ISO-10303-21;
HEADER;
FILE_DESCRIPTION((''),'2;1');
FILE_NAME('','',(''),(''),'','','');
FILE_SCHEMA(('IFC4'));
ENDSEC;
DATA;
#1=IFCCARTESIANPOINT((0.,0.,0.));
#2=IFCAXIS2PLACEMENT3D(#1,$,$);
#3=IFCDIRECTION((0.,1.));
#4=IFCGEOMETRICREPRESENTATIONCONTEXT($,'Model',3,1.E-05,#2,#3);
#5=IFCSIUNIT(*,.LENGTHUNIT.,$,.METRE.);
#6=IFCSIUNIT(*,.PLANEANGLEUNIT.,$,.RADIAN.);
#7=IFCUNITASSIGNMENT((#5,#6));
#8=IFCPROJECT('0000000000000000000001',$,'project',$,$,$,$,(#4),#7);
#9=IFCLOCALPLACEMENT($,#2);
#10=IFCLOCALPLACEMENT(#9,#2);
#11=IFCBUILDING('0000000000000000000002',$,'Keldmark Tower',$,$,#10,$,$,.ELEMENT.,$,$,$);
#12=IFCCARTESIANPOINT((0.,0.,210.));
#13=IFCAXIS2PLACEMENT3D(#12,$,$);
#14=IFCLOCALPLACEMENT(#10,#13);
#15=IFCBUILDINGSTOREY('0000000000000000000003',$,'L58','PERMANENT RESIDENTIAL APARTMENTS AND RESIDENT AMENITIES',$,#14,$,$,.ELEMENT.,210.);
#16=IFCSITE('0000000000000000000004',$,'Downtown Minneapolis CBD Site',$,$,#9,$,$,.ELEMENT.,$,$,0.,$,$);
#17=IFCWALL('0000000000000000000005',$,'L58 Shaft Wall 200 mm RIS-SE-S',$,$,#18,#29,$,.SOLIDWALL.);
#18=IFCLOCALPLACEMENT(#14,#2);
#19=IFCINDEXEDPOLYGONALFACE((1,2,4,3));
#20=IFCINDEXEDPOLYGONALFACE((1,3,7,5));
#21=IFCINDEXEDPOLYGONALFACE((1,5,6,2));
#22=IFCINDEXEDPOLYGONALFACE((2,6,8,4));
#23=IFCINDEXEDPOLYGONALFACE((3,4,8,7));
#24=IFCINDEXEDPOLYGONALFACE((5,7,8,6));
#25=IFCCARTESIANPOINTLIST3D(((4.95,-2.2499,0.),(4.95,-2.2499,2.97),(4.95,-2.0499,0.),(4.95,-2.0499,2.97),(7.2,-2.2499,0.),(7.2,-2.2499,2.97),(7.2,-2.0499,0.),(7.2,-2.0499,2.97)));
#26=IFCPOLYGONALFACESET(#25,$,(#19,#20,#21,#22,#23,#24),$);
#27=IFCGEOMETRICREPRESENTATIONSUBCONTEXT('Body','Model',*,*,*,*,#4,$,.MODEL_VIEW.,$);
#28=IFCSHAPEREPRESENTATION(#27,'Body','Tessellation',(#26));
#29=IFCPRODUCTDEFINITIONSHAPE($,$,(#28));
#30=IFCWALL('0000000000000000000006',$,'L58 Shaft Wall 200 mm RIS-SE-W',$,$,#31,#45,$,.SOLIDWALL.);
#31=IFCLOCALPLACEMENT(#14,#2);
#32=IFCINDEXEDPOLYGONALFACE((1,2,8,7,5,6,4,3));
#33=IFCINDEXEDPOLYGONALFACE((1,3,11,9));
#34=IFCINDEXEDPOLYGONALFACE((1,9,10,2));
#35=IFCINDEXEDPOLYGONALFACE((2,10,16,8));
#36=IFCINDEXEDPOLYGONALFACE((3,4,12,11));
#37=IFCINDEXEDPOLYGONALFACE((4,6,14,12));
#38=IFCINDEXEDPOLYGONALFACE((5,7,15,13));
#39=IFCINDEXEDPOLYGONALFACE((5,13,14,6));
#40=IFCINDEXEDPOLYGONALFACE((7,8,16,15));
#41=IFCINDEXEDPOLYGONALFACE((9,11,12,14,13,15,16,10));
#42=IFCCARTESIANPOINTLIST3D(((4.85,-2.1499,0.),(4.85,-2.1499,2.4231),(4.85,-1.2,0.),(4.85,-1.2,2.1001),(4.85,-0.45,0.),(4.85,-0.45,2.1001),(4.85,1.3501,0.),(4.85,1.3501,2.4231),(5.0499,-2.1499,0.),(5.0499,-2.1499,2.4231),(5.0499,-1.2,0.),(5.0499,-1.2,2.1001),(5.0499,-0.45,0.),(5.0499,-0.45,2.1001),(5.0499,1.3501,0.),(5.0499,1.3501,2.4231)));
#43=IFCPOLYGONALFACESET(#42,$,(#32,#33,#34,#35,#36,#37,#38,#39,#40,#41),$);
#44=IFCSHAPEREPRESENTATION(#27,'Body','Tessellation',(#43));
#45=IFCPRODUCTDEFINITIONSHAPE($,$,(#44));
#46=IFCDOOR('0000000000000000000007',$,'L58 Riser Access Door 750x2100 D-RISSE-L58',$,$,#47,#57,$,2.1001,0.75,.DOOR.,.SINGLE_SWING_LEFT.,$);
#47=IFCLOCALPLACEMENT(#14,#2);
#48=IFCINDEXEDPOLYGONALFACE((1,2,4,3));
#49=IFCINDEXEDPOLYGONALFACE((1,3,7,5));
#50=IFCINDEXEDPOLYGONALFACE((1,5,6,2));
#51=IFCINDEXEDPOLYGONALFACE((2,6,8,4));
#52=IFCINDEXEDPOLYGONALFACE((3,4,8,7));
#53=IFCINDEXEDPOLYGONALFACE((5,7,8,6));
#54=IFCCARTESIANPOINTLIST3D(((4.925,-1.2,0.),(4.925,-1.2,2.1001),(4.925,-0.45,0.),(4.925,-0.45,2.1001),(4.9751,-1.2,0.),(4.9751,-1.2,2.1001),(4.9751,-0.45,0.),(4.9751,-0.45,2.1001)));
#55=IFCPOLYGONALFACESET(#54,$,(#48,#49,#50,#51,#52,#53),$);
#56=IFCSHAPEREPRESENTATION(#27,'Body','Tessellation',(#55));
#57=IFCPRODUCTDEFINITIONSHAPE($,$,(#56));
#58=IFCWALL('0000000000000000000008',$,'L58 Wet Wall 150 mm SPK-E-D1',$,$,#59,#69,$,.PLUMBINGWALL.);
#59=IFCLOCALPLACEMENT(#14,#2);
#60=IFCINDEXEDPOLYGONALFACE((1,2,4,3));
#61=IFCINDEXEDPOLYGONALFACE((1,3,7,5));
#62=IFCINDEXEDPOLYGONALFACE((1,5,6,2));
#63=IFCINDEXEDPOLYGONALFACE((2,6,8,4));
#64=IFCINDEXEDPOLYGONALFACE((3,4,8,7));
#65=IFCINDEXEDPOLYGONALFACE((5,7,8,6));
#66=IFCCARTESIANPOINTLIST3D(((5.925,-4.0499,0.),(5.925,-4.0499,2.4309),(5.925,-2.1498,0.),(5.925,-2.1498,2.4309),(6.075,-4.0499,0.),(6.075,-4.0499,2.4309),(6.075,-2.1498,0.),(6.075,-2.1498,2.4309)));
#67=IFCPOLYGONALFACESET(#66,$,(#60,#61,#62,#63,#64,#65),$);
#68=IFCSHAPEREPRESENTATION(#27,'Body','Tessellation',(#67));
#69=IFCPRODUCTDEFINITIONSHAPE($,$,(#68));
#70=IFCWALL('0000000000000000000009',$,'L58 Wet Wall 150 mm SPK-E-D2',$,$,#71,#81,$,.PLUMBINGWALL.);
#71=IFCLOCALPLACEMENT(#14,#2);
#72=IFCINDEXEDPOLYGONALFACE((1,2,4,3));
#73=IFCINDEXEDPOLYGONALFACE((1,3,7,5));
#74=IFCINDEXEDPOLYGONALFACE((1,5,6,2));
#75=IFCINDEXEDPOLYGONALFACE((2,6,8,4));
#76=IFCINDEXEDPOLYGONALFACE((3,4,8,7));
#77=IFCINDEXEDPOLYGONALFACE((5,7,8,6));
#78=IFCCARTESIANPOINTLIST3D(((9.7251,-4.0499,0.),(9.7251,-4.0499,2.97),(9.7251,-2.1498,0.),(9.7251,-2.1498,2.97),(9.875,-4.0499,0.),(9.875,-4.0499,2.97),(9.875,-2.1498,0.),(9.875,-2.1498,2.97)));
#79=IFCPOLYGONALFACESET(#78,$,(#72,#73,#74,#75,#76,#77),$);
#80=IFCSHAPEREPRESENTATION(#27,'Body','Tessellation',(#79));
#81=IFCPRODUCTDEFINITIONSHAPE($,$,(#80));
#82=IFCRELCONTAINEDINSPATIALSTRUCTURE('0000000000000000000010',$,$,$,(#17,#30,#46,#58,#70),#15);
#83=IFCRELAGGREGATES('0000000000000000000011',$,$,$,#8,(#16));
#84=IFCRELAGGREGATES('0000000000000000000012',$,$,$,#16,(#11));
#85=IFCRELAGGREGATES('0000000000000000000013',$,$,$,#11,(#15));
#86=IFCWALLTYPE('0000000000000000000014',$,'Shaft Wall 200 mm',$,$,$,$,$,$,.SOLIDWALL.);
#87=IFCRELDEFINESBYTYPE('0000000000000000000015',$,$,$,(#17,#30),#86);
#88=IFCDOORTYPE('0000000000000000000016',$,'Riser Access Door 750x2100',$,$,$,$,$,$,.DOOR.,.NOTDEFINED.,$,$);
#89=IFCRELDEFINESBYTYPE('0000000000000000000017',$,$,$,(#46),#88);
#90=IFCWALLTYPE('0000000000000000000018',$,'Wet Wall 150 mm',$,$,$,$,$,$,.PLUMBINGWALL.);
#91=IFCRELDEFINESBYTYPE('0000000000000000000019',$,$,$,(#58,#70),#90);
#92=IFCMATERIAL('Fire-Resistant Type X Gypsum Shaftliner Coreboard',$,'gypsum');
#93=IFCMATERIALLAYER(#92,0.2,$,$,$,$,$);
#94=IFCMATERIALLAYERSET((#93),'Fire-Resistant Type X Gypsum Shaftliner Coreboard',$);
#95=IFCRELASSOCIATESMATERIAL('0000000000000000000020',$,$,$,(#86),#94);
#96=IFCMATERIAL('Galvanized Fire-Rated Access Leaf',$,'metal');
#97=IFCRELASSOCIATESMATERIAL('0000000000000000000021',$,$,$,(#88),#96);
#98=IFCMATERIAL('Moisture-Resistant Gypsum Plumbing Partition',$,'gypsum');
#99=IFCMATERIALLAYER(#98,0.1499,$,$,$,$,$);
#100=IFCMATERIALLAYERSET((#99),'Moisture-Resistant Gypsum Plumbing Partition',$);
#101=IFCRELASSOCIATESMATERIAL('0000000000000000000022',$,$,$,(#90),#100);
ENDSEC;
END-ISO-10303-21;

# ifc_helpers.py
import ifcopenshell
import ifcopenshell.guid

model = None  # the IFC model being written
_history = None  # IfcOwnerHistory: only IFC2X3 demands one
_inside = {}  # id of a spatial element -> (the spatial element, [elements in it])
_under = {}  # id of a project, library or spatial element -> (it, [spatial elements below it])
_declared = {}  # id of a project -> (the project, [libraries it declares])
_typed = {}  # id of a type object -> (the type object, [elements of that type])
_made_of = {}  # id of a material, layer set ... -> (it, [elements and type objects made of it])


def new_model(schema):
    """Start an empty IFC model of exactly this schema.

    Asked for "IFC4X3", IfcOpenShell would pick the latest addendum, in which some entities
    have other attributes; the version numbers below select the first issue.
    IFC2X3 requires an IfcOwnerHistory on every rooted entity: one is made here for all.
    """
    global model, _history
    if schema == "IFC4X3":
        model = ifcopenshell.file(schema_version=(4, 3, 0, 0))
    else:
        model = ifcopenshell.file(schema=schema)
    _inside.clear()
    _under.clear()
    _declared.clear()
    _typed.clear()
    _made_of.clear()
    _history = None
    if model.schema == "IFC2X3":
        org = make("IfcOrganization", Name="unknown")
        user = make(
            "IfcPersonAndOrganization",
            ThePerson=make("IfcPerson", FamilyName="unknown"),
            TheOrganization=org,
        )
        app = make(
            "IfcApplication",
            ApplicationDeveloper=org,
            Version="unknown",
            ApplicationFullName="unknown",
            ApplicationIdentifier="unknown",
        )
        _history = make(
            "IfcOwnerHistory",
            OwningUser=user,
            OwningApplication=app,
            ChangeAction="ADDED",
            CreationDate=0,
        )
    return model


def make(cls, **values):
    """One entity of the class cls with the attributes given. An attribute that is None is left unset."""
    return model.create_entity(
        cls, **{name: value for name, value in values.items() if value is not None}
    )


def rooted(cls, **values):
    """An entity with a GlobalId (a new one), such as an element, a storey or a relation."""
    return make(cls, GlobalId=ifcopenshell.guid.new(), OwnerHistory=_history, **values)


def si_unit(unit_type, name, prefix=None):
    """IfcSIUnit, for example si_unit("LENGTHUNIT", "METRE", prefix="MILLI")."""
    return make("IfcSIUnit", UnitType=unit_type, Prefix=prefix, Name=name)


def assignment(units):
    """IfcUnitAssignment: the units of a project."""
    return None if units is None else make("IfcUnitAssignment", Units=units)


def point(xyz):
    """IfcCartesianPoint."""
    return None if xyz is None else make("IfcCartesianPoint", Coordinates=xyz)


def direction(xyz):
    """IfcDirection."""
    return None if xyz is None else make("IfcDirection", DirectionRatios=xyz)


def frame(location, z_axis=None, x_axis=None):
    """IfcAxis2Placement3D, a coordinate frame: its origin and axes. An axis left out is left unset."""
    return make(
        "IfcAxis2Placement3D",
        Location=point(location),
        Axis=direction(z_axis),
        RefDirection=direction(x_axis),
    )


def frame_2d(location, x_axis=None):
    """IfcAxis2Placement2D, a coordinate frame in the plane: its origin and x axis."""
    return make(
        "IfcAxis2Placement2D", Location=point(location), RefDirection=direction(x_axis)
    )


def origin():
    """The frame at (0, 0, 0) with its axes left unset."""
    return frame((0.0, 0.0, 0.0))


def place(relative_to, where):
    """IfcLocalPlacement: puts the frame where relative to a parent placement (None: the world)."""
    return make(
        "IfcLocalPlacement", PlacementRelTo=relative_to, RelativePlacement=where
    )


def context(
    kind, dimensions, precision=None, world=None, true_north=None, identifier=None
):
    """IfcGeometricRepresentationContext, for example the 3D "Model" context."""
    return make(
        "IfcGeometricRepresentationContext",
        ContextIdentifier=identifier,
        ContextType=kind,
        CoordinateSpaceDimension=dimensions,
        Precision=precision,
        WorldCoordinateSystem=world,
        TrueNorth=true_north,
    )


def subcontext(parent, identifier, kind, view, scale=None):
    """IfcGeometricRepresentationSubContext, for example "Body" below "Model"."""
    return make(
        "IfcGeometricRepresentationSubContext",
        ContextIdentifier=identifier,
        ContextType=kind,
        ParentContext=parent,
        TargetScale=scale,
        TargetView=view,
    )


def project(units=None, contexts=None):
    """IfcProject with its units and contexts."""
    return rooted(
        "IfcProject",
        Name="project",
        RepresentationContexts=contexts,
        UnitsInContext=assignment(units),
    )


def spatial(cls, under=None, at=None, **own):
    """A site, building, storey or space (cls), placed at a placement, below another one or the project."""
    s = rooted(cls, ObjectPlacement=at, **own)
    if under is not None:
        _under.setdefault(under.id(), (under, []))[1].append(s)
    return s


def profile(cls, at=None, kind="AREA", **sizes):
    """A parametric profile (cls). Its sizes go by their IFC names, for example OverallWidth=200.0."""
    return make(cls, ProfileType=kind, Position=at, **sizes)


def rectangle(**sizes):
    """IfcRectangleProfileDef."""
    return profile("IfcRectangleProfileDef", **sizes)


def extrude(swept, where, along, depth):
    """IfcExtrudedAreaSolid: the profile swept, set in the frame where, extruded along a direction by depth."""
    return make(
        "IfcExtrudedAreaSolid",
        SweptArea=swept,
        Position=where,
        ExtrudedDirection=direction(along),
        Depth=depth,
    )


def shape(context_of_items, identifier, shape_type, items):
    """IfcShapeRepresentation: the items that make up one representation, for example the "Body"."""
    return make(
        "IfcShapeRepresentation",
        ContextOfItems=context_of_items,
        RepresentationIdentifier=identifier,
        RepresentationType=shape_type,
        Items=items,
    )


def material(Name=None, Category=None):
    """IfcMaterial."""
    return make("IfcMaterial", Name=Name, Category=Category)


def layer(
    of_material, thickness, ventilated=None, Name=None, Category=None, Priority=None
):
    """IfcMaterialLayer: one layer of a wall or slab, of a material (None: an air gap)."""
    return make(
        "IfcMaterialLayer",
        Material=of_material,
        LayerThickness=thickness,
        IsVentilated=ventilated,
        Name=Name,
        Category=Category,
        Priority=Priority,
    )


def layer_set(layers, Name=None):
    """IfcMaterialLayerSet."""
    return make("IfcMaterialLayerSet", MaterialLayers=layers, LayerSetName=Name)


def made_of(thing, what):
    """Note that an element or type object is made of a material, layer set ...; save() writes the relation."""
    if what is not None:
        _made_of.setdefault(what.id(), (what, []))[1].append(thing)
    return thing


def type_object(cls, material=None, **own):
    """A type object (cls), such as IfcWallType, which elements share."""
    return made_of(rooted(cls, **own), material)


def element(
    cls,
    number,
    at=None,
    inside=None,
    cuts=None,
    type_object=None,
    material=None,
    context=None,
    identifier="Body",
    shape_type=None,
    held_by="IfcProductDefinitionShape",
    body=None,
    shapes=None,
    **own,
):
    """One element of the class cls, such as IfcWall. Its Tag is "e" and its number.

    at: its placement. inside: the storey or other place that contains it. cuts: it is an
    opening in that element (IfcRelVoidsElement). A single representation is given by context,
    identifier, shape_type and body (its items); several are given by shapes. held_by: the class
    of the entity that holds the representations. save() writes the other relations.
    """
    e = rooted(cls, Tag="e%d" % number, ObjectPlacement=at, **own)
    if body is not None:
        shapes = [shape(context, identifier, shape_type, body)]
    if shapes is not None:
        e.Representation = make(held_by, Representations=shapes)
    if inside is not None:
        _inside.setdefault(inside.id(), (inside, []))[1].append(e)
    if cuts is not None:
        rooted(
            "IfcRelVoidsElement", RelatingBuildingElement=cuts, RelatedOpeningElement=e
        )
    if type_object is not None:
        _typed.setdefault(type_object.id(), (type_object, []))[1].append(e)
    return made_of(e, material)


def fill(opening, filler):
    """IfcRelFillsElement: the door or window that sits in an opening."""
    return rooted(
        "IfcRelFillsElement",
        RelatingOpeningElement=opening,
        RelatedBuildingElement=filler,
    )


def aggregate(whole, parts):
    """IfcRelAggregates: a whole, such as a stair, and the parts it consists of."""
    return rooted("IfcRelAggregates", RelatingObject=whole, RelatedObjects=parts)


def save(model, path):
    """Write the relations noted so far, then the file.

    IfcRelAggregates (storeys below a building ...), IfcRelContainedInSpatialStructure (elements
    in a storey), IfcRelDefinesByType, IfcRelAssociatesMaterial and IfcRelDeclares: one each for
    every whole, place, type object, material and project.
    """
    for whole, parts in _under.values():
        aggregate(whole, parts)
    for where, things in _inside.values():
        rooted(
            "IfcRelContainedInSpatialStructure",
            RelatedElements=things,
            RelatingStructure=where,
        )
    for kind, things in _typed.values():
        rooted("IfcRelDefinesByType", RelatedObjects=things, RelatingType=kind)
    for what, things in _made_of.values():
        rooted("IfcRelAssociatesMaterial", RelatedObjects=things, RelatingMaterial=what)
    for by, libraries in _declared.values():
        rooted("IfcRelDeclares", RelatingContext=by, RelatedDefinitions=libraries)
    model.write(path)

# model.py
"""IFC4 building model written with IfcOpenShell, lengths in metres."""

from ifc_helpers import new_model, si_unit, direction, frame, frame_2d, origin, place, context, subcontext, project, spatial, rectangle, extrude, material, layer, layer_set, type_object, element, fill, save


model = new_model("IFC4")

# Units and contexts
model_context = context("Model", 3, precision=1e-05, world=origin(), true_north=direction((0.0, 1.0)))
body_context = subcontext(model_context, "Body", "Model", "MODEL_VIEW")
ifc_project = project(units=[si_unit("LENGTHUNIT", "METRE"), si_unit("PLANEANGLEUNIT", "RADIAN")], contexts=[model_context])

# Site, building, storey
site_placement = place(None, origin())
site = spatial("IfcSite", under=ifc_project, at=site_placement, Name="Downtown Minneapolis CBD Site", CompositionType="ELEMENT", RefElevation=0.0)
building_placement = place(site_placement, origin())
building = spatial("IfcBuilding", under=site, at=building_placement, Name="Keldmark Tower", CompositionType="ELEMENT")
storey_placement = place(building_placement, frame((0.0, 0.0, 210.0)))
storey = spatial("IfcBuildingStorey", under=building, at=storey_placement, Name="L58", Description="PERMANENT RESIDENTIAL APARTMENTS AND RESIDENT AMENITIES", CompositionType="ELEMENT", Elevation=210.0)

# Wall
ifc_material_1 = material(Name="Fire-Resistant Type X Gypsum Shaftliner Coreboard", Category="gypsum")
ifc_layer_1 = layer(ifc_material_1, 0.2)
ifc_layer_set_1 = layer_set([ifc_layer_1], Name="Fire-Resistant Type X Gypsum Shaftliner Coreboard")
wall_type_1 = type_object("IfcWallType", Name="Shaft Wall 200 mm", PredefinedType="SOLIDWALL", material=ifc_layer_set_1)
wall_1_placement = place(storey_placement, frame((4.95, -2.1499, 0.0), z_axis=(0.0, 0.0, 1.0), x_axis=(1.0, 0.0, 0.0)))
element("IfcWall", 1, at=wall_1_placement, inside=storey, type_object=wall_type_1, Name="L58 Shaft Wall 200 mm RIS-SE-S", PredefinedType="SOLIDWALL", context=body_context, shape_type="SweptSolid", body=[
    extrude(rectangle(XDim=2.25, YDim=0.2, at=frame_2d((1.125, 0.0))), origin(), (0.0, 0.0, 1.0), 2.97),
])

# Wall, opening, door
wall_2_placement = place(storey_placement, frame((4.95, -2.1499, 0.0), z_axis=(0.0, 0.0, 1.0), x_axis=(0.0, 1.0, 0.0)))
wall_2 = element("IfcWall", 2, at=wall_2_placement, inside=storey, type_object=wall_type_1, Name="L58 Shaft Wall 200 mm RIS-SE-W", PredefinedType="SOLIDWALL", context=body_context, shape_type="SweptSolid", body=[
    extrude(rectangle(XDim=3.5, YDim=0.2, at=frame_2d((1.75, 0.0))), origin(), (0.0, 0.0, 1.0), 2.4231),
])
opening_placement = place(wall_2_placement, frame((0.95, 0.0, 0.0)))
opening = element("IfcOpeningElement", 3, at=opening_placement, cuts=wall_2, PredefinedType="OPENING", context=body_context, shape_type="SweptSolid", body=[
    extrude(rectangle(XDim=0.75, YDim=2.1001, at=frame_2d((0.375, 1.05))), frame((0.0, 0.1099, 0.0), z_axis=(0.0, -1.0, 0.0), x_axis=(1.0, 0.0, 0.0)), (0.0, 0.0, 1.0), 0.22),
])
ifc_material_2 = material(Name="Galvanized Fire-Rated Access Leaf", Category="metal")
door_type = type_object("IfcDoorType", Name="Riser Access Door 750x2100", OperationType="NOTDEFINED", PredefinedType="DOOR", material=ifc_material_2)
door_placement = place(opening_placement, origin())
door = element("IfcDoor", 4, at=door_placement, inside=storey, type_object=door_type, Name="L58 Riser Access Door 750x2100 D-RISSE-L58", OperationType="SINGLE_SWING_LEFT", OverallHeight=2.1001, OverallWidth=0.75, PredefinedType="DOOR", context=body_context, shape_type="SweptSolid", body=[
    extrude(rectangle(XDim=0.75, YDim=2.1001, at=frame_2d((0.375, 1.05))), frame((0.0, 0.0249, 0.0), z_axis=(0.0, -1.0, 0.0), x_axis=(1.0, 0.0, 0.0)), (0.0, 0.0, 1.0), 0.05),
])
fill(opening, door)

# Walls
ifc_material_3 = material(Name="Moisture-Resistant Gypsum Plumbing Partition", Category="gypsum")
ifc_layer_2 = layer(ifc_material_3, 0.1499)
ifc_layer_set_2 = layer_set([ifc_layer_2], Name="Moisture-Resistant Gypsum Plumbing Partition")
wall_type_2 = type_object("IfcWallType", Name="Wet Wall 150 mm", PredefinedType="PLUMBINGWALL", material=ifc_layer_set_2)
wall_3_placement = place(storey_placement, frame((6.0, -4.05, 0.0), z_axis=(0.0, 0.0, 1.0), x_axis=(0.0, 1.0, 0.0)))
element("IfcWall", 5, at=wall_3_placement, inside=storey, type_object=wall_type_2, Name="L58 Wet Wall 150 mm SPK-E-D1", PredefinedType="PLUMBINGWALL", context=body_context, shape_type="SweptSolid", body=[
    extrude(rectangle(XDim=1.9001, YDim=0.1499, at=frame_2d((0.9502, 0.0))), origin(), (0.0, 0.0, 1.0), 2.4309),
])
wall_4_placement = place(storey_placement, frame((9.8, -4.05, 0.0), z_axis=(0.0, 0.0, 1.0), x_axis=(0.0, 1.0, 0.0)))
element("IfcWall", 6, at=wall_4_placement, inside=storey, type_object=wall_type_2, Name="L58 Wet Wall 150 mm SPK-E-D2", PredefinedType="PLUMBINGWALL", context=body_context, shape_type="SweptSolid", body=[
    extrude(rectangle(XDim=1.9001, YDim=0.1499, at=frame_2d((0.9502, 0.0))), origin(), (0.0, 0.0, 1.0), 2.97),
])

save(model, "model.ifc")
